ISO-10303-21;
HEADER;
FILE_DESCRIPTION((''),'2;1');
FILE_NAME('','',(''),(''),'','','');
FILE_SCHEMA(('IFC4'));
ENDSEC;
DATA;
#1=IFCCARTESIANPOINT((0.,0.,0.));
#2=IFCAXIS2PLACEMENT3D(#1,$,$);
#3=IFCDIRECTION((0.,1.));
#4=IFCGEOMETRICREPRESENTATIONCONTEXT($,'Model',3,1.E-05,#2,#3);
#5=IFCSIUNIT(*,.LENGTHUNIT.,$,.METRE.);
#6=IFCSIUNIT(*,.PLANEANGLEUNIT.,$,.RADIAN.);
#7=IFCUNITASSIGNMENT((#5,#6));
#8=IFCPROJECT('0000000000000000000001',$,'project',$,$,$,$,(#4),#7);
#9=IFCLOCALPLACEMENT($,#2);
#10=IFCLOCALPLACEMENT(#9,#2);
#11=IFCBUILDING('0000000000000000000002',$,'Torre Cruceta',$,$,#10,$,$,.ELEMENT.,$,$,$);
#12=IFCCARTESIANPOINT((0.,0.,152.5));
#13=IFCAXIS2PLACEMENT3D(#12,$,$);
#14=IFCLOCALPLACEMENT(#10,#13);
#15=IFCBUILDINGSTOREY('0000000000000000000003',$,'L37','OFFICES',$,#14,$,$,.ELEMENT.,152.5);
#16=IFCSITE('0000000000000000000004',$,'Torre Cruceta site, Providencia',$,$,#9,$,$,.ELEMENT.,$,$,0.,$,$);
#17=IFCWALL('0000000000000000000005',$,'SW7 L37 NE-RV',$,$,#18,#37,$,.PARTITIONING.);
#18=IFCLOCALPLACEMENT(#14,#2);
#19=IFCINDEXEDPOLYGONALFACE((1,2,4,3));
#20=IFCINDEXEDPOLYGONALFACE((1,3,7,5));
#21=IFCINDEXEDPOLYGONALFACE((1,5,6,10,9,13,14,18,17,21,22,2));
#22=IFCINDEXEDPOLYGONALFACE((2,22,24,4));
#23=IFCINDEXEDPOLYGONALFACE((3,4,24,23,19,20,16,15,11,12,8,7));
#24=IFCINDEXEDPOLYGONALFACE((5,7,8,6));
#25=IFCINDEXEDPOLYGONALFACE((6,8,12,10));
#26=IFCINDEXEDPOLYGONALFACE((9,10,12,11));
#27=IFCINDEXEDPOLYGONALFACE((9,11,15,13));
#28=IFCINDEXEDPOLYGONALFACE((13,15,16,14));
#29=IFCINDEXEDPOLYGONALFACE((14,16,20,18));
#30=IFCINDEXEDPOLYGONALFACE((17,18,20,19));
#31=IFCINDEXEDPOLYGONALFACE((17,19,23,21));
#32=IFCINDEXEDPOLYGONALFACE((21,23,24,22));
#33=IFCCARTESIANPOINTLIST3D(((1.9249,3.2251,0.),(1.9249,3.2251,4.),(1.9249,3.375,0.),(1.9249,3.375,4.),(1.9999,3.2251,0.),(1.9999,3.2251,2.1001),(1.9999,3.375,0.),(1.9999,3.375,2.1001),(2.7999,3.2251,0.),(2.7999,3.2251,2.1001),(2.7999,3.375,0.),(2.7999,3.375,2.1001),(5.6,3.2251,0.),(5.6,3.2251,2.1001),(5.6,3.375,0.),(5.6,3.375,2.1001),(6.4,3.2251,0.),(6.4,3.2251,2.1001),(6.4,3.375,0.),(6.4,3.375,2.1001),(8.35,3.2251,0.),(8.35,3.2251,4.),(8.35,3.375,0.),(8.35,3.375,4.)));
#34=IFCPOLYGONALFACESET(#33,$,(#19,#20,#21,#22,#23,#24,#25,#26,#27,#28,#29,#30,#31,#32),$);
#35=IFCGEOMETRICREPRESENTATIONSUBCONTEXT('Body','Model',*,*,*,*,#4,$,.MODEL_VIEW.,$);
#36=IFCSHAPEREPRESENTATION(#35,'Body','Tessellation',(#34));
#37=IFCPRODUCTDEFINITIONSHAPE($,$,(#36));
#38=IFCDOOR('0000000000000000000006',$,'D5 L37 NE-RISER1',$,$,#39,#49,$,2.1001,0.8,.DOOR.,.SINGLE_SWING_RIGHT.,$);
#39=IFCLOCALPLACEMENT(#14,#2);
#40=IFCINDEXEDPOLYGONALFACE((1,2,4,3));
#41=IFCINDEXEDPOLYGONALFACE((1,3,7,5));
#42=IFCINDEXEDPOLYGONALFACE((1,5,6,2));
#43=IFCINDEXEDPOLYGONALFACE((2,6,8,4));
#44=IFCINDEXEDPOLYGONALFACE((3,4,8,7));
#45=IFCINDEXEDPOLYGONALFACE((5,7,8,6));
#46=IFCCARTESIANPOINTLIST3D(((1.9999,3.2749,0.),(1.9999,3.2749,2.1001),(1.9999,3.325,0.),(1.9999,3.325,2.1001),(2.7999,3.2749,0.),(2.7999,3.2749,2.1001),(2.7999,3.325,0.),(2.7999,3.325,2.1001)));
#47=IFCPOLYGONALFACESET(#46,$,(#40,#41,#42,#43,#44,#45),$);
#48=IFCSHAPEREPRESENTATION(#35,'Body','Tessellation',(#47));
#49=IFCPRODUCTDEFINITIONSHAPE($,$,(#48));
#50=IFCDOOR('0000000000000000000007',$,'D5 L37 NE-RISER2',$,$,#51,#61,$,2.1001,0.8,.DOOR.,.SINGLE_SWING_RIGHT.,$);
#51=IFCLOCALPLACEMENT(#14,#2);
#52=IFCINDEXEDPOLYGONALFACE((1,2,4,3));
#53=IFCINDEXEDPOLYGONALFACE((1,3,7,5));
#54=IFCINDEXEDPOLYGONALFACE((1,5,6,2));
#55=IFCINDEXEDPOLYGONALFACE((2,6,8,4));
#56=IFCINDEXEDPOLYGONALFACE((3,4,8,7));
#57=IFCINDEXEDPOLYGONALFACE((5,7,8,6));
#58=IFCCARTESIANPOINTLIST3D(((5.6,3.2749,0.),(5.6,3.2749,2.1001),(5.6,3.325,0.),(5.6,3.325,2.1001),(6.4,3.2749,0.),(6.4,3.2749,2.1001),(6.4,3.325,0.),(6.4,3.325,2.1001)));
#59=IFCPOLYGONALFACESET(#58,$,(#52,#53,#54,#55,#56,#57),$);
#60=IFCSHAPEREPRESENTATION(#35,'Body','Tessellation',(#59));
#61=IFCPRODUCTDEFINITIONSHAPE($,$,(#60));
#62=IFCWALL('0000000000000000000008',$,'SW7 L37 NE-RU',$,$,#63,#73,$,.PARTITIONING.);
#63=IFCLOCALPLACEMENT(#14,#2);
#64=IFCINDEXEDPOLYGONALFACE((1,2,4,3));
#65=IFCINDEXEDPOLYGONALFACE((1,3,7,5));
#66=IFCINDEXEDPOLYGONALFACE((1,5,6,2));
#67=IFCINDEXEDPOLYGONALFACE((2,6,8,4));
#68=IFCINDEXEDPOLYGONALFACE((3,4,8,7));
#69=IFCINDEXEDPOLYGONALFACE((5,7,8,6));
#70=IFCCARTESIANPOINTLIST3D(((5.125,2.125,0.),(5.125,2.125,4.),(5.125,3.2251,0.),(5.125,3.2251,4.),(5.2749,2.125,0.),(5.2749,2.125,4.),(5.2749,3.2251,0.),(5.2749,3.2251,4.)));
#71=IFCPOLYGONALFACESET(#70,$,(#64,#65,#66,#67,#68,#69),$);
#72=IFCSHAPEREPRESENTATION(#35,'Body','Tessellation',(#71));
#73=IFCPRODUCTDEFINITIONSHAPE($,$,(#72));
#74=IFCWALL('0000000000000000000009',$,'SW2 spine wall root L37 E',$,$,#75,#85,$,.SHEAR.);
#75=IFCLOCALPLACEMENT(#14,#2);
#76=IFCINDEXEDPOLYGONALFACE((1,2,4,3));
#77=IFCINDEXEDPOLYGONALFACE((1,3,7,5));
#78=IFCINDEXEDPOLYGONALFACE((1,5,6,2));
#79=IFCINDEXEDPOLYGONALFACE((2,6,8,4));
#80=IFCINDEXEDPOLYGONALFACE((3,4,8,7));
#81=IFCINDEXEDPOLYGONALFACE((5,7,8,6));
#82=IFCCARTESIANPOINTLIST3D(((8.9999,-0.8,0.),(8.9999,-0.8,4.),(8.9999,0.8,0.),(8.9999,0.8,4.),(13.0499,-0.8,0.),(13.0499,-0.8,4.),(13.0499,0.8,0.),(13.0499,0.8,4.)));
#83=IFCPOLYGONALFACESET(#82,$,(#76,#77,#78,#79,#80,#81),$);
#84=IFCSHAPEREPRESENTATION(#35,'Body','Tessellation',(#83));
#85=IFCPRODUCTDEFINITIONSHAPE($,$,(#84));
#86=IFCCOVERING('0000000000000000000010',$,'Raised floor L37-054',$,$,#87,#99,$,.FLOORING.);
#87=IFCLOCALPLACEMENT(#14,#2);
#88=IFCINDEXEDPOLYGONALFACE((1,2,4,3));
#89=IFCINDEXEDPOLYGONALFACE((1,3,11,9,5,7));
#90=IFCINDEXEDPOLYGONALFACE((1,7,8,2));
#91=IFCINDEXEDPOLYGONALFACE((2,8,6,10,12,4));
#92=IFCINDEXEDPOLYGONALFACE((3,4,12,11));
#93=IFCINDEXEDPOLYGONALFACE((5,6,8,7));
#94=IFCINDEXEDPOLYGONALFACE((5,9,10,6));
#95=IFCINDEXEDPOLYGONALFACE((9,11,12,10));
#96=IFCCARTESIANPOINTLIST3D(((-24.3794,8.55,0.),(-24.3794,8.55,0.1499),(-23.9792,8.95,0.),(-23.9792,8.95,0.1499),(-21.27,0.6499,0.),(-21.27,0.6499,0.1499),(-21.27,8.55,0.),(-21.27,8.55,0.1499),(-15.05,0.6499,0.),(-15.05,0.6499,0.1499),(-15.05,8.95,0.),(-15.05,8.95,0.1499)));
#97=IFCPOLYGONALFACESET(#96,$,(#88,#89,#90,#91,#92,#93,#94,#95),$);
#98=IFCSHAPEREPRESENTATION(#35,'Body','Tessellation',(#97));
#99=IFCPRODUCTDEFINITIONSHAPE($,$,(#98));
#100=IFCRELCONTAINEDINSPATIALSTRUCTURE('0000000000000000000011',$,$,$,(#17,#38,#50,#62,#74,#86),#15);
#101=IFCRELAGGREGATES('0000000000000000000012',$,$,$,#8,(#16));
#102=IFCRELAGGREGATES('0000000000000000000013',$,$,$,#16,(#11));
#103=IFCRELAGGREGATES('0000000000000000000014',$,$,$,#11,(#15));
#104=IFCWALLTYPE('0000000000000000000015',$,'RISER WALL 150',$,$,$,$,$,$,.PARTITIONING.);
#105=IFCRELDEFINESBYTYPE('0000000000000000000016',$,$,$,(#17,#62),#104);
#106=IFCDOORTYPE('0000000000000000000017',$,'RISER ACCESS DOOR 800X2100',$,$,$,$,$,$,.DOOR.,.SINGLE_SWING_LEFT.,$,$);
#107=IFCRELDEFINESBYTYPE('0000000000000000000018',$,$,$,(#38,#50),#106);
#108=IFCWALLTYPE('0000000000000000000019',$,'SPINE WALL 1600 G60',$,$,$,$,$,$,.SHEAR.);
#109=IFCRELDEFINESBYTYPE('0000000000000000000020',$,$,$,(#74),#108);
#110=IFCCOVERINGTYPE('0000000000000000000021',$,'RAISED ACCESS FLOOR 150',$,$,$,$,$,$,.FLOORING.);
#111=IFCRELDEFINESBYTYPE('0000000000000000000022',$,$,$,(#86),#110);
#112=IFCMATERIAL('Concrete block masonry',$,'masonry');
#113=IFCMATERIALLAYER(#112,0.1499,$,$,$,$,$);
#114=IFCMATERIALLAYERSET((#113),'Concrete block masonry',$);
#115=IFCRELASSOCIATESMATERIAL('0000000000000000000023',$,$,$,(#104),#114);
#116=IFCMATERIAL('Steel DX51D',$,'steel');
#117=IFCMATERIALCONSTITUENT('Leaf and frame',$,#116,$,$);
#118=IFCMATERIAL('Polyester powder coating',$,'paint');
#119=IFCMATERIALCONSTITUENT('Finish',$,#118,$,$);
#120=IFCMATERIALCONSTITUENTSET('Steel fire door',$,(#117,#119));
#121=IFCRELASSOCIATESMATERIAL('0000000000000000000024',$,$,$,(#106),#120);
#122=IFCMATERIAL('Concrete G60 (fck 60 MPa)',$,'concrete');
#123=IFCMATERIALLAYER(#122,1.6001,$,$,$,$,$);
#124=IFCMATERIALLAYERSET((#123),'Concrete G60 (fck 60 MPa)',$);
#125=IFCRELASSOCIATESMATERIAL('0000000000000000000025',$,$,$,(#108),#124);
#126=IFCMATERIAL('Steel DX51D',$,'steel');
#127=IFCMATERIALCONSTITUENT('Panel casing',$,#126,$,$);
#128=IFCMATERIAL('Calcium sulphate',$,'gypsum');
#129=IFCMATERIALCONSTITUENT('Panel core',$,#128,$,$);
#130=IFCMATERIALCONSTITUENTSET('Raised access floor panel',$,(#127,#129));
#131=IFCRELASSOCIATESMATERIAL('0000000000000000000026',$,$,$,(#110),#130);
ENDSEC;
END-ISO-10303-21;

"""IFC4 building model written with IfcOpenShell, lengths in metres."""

from ifc_helpers import new_model, si_unit, direction, frame, frame_2d, origin, place, context, subcontext, project, spatial, polyline, rectangle, outline, extrude, material, layer, layer_set, constituent, constituent_set, type_object, element, fill, save


model = new_model("IFC4")

# Units and contexts
model_context = context("Model", 3, precision=1e-05, world=origin(), true_north=direction((0.0, 1.0)))
body_context = subcontext(model_context, "Body", "Model", "MODEL_VIEW")
ifc_project = project(units=[si_unit("LENGTHUNIT", "METRE"), si_unit("PLANEANGLEUNIT", "RADIAN")], contexts=[model_context])

# Site, building, storey
site_placement = place(None, origin())
site = spatial("IfcSite", under=ifc_project, at=site_placement, Name="Torre Cruceta site, Providencia", CompositionType="ELEMENT", RefElevation=0.0)
building_placement = place(site_placement, origin())
building = spatial("IfcBuilding", under=site, at=building_placement, Name="Torre Cruceta", CompositionType="ELEMENT")
storey_placement = place(building_placement, frame((0.0, 0.0, 152.5)))
storey = spatial("IfcBuildingStorey", under=building, at=storey_placement, Name="L37", Description="OFFICES", CompositionType="ELEMENT", Elevation=152.5)

# Wall, openings, doors
ifc_material_1 = material(Name="Concrete block masonry", Category="masonry")
ifc_layer_1 = layer(ifc_material_1, 0.1499)
ifc_layer_set_1 = layer_set([ifc_layer_1], Name="Concrete block masonry")
wall_type_1 = type_object("IfcWallType", Name="RISER WALL 150", PredefinedType="PARTITIONING", material=ifc_layer_set_1)
wall_1_placement = place(storey_placement, frame((1.925, 3.3, 0.0), z_axis=(0.0, 0.0, 1.0), x_axis=(1.0, 0.0, 0.0)))
wall_1 = element("IfcWall", 1, at=wall_1_placement, inside=storey, type_object=wall_type_1, Name="SW7 L37 NE-RV", PredefinedType="PARTITIONING", context=body_context, shape_type="SweptSolid", body=[
    extrude(rectangle(XDim=6.425, YDim=0.1499, at=frame_2d((3.2124, 0.0))), origin(), (0.0, 0.0, 1.0), 4.0),
])
opening_1_placement = place(wall_1_placement, frame((0.075, 0.0, 0.0)))
opening_1 = element("IfcOpeningElement", 2, at=opening_1_placement, cuts=wall_1, PredefinedType="OPENING", context=body_context, shape_type="SweptSolid", body=[
    extrude(rectangle(XDim=0.8, YDim=2.1001, at=frame_2d((0.3999, 1.05))), frame((0.0, 0.085, 0.0), z_axis=(0.0, -1.0, 0.0), x_axis=(1.0, 0.0, 0.0)), (0.0, 0.0, 1.0), 0.1699),
])
opening_2_placement = place(wall_1_placement, frame((3.675, 0.0, 0.0)))
opening_2 = element("IfcOpeningElement", 3, at=opening_2_placement, cuts=wall_1, PredefinedType="OPENING", context=body_context, shape_type="SweptSolid", body=[
    extrude(rectangle(XDim=0.8, YDim=2.1001, at=frame_2d((0.3999, 1.05))), frame((0.0, 0.085, 0.0), z_axis=(0.0, -1.0, 0.0), x_axis=(1.0, 0.0, 0.0)), (0.0, 0.0, 1.0), 0.1699),
])
ifc_material_2 = material(Name="Steel DX51D", Category="steel")
ifc_constituent_1 = constituent(ifc_material_2, Name="Leaf and frame")
ifc_material_3 = material(Name="Polyester powder coating", Category="paint")
ifc_constituent_2 = constituent(ifc_material_3, Name="Finish")
ifc_constituent_set_1 = constituent_set(constituents=[ifc_constituent_1, ifc_constituent_2], Name="Steel fire door")
door_type_1 = type_object("IfcDoorType", Name="RISER ACCESS DOOR 800X2100", OperationType="SINGLE_SWING_LEFT", PredefinedType="DOOR", material=ifc_constituent_set_1)
door_1_placement = place(opening_1_placement, frame((0.8, 0.0, 0.0), z_axis=(0.0, 0.0, 1.0), x_axis=(-1.0, 0.0, 0.0)))
door_1 = element("IfcDoor", 4, at=door_1_placement, inside=storey, type_object=door_type_1, Name="D5 L37 NE-RISER1", OperationType="SINGLE_SWING_RIGHT", OverallHeight=2.1001, OverallWidth=0.8, PredefinedType="DOOR", context=body_context, shape_type="SweptSolid", body=[
    extrude(rectangle(XDim=0.8, YDim=2.1001, at=frame_2d((0.4001, 1.05))), frame((0.0, 0.0251, 0.0), z_axis=(0.0, -1.0, 0.0), x_axis=(1.0, 0.0, 0.0)), (0.0, 0.0, 1.0), 0.05),
])
fill(opening_1, door_1)
door_2_placement = place(opening_2_placement, frame((0.8, 0.0, 0.0), z_axis=(0.0, 0.0, 1.0), x_axis=(-1.0, 0.0, 0.0)))
door_2 = element("IfcDoor", 5, at=door_2_placement, inside=storey, type_object=door_type_1, Name="D5 L37 NE-RISER2", OperationType="SINGLE_SWING_RIGHT", OverallHeight=2.1001, OverallWidth=0.8, PredefinedType="DOOR", context=body_context, shape_type="SweptSolid", body=[
    extrude(rectangle(XDim=0.8, YDim=2.1001, at=frame_2d((0.4001, 1.05))), frame((0.0, 0.0251, 0.0), z_axis=(0.0, -1.0, 0.0), x_axis=(1.0, 0.0, 0.0)), (0.0, 0.0, 1.0), 0.05),
])
fill(opening_2, door_2)

# Walls
wall_2_placement = place(storey_placement, frame((5.2, 2.125, 0.0), z_axis=(0.0, 0.0, 1.0), x_axis=(0.0, 1.0, 0.0)))
element("IfcWall", 6, at=wall_2_placement, inside=storey, type_object=wall_type_1, Name="SW7 L37 NE-RU", PredefinedType="PARTITIONING", context=body_context, shape_type="SweptSolid", body=[
    extrude(rectangle(XDim=1.1001, YDim=0.1499, at=frame_2d((0.55, 0.0))), origin(), (0.0, 0.0, 1.0), 4.0),
])
ifc_material_4 = material(Name="Concrete G60 (fck 60 MPa)", Category="concrete")
ifc_layer_2 = layer(ifc_material_4, 1.6001)
ifc_layer_set_2 = layer_set([ifc_layer_2], Name="Concrete G60 (fck 60 MPa)")
wall_type_2 = type_object("IfcWallType", Name="SPINE WALL 1600 G60", PredefinedType="SHEAR", material=ifc_layer_set_2)
wall_3_placement = place(storey_placement, frame((9.0, 0.0, 0.0), z_axis=(0.0, 0.0, 1.0), x_axis=(1.0, 0.0, 0.0)))
element("IfcWall", 7, at=wall_3_placement, inside=storey, type_object=wall_type_2, Name="SW2 spine wall root L37 E", PredefinedType="SHEAR", context=body_context, shape_type="SweptSolid", body=[
    extrude(rectangle(XDim=4.05, YDim=1.6001, at=frame_2d((2.0249, 0.0))), origin(), (0.0, 0.0, 1.0), 4.0),
])

# Covering
ifc_material_5 = material(Name="Steel DX51D", Category="steel")
ifc_constituent_3 = constituent(ifc_material_5, Name="Panel casing")
ifc_material_6 = material(Name="Calcium sulphate", Category="gypsum")
ifc_constituent_4 = constituent(ifc_material_6, Name="Panel core")
ifc_constituent_set_2 = constituent_set(constituents=[ifc_constituent_3, ifc_constituent_4], Name="Raised access floor panel")
covering_type = type_object("IfcCoveringType", Name="RAISED ACCESS FLOOR 150", PredefinedType="FLOORING", material=ifc_constituent_set_2)
covering_placement = place(storey_placement, origin())
element("IfcCovering", 8, at=covering_placement, inside=storey, type_object=covering_type, Name="Raised floor L37-054", PredefinedType="FLOORING", context=body_context, shape_type="SweptSolid", body=[
    extrude(outline(polyline([(-15.05, 8.95), (-15.05, 0.6499), (-21.27, 0.6499), (-21.27, 8.55), (-24.3794, 8.55), (-23.9792, 8.95), (-15.05, 8.95)])), origin(), (0.0, 0.0, 1.0), 0.1499),
])

save(model, "model.ifc")
